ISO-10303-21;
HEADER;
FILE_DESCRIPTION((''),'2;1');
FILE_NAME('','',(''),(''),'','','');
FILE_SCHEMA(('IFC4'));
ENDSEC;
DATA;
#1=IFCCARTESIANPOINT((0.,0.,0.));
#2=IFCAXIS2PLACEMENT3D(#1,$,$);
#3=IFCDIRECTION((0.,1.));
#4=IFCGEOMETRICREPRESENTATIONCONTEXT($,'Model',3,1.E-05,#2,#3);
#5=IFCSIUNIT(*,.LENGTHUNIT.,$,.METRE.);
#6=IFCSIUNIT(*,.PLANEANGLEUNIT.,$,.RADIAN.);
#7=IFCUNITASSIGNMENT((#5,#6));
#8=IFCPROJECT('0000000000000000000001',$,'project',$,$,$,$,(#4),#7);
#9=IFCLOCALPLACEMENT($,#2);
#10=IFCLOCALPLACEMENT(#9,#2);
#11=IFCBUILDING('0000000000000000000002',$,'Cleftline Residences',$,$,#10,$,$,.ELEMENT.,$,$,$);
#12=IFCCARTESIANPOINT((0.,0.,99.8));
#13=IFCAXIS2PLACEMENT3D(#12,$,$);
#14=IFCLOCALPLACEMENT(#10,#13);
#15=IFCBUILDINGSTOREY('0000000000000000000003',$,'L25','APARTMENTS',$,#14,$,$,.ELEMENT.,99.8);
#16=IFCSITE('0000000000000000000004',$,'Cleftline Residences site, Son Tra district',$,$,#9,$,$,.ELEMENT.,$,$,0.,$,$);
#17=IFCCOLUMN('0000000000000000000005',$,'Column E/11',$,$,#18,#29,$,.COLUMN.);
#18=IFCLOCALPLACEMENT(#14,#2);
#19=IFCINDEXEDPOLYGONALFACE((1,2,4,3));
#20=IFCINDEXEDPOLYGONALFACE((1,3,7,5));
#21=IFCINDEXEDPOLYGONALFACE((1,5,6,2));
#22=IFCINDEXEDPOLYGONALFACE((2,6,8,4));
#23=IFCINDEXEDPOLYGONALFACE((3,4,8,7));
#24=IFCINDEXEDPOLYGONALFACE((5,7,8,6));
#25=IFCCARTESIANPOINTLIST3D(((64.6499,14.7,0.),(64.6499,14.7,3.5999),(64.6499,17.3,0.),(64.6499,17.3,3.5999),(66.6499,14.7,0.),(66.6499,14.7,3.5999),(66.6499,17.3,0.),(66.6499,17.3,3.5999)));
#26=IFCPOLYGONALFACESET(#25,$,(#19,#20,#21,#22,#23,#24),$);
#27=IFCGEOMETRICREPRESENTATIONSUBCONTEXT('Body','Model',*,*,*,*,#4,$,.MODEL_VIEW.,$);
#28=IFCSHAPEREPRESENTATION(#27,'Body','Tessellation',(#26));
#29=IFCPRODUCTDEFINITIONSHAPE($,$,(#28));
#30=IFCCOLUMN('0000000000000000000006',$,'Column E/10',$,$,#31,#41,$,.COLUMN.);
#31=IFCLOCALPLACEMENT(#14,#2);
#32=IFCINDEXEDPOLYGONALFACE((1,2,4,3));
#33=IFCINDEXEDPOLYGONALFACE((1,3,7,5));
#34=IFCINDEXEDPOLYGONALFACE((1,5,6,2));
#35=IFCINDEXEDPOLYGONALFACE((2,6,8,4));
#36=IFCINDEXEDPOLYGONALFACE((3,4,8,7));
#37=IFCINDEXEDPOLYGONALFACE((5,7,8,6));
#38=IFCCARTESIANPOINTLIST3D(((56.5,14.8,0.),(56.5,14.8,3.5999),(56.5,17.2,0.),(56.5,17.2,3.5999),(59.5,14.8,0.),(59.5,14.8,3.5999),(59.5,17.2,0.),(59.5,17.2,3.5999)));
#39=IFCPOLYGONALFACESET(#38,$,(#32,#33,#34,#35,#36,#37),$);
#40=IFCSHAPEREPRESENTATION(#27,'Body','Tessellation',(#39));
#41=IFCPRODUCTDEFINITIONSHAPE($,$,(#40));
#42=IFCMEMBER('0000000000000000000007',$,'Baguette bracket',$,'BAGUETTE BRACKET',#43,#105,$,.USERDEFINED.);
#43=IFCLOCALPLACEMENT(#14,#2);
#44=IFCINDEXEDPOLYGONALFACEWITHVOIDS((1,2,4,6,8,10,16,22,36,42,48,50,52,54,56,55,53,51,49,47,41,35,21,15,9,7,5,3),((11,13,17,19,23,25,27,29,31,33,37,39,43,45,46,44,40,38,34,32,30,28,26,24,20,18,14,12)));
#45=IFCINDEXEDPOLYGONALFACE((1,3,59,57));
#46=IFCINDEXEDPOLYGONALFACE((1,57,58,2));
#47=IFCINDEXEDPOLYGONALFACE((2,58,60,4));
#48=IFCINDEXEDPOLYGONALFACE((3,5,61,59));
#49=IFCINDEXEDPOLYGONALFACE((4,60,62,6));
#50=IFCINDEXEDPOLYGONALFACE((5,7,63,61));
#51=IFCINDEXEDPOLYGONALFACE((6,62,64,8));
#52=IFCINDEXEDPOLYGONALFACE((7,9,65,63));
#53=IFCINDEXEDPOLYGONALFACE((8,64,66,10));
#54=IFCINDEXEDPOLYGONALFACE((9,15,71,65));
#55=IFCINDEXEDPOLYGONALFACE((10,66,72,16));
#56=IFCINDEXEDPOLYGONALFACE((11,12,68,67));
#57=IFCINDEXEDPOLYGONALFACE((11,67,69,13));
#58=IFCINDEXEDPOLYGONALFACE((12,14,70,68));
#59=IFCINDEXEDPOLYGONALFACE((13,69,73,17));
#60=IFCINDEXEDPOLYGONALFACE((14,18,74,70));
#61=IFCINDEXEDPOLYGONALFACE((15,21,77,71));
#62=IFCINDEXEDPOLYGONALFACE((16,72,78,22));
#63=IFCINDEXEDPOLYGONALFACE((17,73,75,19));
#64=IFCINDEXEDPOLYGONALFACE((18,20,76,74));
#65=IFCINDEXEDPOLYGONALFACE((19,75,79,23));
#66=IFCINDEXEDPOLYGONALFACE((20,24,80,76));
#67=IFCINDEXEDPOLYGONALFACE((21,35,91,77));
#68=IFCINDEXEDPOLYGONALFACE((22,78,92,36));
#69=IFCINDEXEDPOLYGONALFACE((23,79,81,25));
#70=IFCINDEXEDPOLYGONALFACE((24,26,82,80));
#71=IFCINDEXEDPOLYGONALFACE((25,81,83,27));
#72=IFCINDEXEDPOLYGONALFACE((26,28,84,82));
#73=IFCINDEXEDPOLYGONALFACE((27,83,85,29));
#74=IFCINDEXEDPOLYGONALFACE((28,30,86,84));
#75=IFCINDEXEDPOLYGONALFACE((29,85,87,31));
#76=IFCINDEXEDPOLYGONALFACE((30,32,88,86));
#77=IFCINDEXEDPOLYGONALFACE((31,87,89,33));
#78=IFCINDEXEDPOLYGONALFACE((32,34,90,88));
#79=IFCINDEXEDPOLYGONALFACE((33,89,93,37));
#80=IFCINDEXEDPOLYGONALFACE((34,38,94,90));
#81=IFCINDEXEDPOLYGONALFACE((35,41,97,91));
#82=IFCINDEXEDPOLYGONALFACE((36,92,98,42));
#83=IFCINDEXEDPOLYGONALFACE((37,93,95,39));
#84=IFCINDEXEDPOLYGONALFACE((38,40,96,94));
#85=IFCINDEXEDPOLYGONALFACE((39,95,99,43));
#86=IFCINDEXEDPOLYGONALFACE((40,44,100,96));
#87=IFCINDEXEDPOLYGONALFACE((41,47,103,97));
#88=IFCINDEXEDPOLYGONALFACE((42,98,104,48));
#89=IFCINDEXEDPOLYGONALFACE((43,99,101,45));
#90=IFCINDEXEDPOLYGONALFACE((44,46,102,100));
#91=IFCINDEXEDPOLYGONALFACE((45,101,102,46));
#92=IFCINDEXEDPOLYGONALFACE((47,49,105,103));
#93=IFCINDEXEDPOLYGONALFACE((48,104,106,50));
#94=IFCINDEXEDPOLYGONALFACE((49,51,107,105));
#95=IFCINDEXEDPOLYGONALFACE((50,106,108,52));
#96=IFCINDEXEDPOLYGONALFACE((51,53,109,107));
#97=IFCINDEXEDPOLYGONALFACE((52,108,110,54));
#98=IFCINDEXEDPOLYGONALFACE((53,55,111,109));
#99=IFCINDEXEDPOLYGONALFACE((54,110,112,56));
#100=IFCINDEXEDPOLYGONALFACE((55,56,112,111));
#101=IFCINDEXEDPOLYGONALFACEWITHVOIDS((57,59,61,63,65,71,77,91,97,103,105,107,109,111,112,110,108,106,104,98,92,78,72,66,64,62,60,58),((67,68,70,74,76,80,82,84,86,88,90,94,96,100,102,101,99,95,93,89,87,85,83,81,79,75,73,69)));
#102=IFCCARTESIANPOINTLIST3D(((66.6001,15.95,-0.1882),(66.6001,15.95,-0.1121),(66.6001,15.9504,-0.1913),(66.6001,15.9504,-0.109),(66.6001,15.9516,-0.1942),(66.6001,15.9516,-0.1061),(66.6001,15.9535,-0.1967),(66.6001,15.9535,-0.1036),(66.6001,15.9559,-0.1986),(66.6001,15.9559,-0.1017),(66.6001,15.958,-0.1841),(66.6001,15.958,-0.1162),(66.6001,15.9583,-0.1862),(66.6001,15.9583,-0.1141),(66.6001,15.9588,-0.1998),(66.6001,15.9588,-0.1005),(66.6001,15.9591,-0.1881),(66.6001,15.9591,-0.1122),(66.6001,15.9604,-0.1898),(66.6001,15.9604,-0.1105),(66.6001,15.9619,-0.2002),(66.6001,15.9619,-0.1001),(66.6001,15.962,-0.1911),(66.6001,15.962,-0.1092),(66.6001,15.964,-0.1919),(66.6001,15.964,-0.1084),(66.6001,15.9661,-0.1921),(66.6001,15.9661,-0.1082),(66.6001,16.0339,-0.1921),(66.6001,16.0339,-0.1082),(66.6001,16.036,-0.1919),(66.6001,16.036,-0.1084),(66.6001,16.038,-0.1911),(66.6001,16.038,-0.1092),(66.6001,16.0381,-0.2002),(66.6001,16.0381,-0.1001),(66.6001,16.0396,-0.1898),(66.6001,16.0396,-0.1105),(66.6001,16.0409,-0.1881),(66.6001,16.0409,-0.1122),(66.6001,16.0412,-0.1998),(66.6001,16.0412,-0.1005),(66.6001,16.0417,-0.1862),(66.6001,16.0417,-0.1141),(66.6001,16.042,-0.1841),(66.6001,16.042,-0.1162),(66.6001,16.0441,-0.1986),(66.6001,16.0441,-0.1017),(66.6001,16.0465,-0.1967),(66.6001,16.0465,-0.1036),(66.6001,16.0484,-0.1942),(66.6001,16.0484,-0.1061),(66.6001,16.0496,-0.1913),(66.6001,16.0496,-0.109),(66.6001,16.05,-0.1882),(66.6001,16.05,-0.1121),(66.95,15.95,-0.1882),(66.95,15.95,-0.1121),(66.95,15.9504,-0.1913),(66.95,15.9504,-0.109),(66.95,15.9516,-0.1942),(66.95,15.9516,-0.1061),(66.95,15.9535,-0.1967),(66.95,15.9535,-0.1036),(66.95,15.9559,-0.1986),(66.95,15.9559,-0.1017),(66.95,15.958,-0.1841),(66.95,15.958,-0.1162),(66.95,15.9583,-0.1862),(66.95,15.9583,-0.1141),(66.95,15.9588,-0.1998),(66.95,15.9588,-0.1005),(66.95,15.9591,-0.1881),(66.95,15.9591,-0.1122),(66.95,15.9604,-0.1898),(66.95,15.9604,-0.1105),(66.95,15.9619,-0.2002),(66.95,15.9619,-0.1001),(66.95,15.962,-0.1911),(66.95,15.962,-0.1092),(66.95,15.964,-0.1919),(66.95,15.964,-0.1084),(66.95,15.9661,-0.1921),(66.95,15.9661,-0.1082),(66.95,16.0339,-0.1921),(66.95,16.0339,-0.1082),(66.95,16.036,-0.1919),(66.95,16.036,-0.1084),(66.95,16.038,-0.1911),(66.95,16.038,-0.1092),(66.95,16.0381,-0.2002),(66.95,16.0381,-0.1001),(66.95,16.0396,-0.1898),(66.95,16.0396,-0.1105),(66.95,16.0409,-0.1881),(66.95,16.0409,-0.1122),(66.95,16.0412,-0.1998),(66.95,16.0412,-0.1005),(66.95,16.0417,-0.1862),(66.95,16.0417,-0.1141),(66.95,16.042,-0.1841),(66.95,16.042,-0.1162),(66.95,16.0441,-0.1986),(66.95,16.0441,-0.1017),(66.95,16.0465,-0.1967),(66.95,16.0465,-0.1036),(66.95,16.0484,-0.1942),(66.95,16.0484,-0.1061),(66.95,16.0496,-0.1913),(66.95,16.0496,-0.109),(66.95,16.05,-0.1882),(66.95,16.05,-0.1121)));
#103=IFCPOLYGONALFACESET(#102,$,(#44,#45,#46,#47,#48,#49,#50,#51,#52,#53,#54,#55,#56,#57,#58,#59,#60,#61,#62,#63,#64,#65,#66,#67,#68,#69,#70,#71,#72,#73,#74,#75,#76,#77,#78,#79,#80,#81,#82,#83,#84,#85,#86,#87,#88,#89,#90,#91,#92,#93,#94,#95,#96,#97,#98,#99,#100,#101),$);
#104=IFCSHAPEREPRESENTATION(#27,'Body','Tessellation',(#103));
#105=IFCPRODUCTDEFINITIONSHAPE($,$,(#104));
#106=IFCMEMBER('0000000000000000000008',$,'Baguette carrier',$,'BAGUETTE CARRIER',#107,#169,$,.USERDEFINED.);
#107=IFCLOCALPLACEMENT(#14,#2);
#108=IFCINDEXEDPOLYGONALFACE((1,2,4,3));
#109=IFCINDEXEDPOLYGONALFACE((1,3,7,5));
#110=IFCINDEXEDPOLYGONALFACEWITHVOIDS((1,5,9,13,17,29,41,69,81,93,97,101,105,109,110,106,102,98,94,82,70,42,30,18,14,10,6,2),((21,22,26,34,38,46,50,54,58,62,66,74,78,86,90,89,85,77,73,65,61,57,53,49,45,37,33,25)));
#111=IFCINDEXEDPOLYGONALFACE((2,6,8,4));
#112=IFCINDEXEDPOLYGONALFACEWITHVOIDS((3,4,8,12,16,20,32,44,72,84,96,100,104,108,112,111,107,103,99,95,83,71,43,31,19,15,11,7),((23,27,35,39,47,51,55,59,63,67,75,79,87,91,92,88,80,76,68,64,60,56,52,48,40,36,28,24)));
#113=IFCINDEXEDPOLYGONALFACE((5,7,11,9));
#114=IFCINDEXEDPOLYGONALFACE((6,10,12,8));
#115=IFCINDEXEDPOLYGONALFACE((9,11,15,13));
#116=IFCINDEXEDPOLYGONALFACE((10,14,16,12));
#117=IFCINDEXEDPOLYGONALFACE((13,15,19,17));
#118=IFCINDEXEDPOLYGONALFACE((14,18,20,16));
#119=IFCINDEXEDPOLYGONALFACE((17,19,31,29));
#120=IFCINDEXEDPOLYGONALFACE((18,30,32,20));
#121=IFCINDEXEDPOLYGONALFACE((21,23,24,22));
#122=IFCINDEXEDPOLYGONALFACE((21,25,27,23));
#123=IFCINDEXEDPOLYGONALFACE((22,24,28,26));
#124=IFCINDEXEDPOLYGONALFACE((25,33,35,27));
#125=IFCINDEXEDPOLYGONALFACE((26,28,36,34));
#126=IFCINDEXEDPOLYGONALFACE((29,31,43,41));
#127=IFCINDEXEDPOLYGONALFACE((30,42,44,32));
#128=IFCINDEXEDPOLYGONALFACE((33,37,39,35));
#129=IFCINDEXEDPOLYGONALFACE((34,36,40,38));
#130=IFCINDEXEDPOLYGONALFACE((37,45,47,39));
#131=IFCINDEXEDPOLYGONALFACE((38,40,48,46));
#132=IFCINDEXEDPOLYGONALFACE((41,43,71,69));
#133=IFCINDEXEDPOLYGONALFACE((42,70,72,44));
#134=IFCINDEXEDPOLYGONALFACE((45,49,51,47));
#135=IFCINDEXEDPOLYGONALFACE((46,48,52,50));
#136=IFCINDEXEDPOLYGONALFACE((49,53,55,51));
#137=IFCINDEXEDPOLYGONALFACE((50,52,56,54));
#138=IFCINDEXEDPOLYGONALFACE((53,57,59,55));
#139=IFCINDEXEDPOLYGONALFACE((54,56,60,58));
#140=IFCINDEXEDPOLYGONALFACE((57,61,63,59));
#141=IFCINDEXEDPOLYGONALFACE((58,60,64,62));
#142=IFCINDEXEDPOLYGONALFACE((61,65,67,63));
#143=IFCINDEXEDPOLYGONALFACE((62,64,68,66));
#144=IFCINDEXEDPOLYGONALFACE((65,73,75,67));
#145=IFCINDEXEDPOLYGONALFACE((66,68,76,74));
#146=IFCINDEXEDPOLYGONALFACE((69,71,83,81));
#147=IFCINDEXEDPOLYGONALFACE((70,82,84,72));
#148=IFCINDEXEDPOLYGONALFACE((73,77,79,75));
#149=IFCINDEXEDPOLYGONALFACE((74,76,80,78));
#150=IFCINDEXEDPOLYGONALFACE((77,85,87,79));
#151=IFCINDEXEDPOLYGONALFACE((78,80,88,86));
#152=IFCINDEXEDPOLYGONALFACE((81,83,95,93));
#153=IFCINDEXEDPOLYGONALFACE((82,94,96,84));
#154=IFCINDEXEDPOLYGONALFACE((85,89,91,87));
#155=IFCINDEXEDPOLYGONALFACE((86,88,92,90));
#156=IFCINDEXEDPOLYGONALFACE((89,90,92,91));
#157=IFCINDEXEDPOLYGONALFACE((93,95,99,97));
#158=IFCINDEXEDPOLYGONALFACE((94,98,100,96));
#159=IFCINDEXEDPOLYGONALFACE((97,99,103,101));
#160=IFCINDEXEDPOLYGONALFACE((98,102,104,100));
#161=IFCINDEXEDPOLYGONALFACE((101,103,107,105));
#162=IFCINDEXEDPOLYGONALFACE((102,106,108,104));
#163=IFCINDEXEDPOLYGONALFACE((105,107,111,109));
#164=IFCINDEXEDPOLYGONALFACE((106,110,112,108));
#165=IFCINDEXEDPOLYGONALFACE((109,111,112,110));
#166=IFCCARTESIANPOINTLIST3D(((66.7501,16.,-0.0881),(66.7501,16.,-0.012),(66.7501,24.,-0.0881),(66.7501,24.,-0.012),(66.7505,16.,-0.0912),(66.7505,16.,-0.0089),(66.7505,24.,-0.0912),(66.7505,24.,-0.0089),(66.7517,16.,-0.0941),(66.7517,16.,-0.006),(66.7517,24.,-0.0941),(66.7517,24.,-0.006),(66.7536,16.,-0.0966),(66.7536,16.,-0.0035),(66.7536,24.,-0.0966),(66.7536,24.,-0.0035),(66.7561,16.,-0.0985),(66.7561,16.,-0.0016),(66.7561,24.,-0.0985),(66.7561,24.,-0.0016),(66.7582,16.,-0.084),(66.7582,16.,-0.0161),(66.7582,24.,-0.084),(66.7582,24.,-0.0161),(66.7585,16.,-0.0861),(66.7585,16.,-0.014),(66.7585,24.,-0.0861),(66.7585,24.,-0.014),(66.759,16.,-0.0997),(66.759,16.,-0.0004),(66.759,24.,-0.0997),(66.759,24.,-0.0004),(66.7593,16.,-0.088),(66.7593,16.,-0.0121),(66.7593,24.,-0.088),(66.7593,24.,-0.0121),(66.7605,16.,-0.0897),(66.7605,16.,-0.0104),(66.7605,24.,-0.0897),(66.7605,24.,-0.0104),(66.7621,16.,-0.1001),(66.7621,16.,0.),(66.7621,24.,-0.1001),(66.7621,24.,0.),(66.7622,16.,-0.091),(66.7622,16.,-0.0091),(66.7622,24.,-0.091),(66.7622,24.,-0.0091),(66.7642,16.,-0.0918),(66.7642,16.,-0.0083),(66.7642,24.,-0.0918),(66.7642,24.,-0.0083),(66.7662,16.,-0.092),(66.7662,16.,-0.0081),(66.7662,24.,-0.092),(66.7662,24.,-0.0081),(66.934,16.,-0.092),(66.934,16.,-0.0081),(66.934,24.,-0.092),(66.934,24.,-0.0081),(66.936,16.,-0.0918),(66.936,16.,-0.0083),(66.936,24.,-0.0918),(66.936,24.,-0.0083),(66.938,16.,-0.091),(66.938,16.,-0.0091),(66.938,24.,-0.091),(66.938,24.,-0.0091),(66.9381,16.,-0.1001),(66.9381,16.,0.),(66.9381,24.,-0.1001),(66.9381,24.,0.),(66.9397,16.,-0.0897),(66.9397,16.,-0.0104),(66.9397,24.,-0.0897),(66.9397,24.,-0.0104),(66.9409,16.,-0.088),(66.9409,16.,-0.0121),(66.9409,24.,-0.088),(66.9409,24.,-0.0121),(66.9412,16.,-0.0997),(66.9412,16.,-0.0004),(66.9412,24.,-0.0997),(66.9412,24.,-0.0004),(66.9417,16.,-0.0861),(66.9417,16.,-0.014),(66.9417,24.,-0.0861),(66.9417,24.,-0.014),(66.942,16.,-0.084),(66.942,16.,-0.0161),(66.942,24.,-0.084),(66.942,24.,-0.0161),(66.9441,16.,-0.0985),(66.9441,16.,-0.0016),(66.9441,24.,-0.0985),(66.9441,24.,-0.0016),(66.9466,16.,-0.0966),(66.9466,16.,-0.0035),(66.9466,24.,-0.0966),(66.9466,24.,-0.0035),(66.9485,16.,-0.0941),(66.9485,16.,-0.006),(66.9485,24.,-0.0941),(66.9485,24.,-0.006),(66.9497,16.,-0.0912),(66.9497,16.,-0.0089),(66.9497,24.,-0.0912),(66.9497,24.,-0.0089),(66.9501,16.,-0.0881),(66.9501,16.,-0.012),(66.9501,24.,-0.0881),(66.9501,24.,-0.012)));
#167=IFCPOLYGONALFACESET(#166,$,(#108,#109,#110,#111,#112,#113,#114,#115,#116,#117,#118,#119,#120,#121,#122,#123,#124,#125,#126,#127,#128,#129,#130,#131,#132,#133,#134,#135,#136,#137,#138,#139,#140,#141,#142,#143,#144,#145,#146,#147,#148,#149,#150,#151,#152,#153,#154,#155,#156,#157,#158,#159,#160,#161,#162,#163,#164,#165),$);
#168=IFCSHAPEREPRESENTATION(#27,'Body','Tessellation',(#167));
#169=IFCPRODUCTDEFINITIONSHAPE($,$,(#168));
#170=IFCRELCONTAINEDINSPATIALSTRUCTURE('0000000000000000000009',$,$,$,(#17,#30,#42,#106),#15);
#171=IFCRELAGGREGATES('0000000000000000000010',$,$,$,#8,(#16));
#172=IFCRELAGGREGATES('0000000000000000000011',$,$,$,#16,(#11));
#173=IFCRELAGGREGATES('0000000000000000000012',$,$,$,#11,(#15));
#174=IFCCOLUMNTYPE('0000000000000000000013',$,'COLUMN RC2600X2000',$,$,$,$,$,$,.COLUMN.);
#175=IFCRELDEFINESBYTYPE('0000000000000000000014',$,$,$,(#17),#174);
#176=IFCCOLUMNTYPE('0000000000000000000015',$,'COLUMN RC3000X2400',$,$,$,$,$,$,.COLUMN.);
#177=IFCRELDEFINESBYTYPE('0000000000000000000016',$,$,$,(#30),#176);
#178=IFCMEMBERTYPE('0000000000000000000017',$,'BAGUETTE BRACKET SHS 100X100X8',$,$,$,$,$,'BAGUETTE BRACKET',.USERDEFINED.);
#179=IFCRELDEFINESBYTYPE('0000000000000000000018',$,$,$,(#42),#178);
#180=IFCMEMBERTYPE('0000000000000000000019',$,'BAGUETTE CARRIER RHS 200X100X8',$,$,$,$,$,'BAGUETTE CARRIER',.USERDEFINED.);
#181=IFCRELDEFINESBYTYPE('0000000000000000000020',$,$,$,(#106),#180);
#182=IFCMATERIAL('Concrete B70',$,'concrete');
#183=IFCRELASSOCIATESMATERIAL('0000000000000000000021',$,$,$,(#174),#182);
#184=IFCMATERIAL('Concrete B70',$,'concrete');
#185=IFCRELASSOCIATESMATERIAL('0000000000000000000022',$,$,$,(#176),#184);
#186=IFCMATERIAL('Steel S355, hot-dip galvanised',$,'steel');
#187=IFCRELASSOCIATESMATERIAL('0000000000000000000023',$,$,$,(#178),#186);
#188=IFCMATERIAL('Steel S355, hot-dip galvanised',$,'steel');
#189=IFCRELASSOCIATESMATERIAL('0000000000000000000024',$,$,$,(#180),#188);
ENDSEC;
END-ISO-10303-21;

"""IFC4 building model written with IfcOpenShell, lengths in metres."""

from ifc_helpers import new_model, si_unit, direction, frame, origin, origin_2d, place, context, subcontext, project, spatial, rectangle, hollow_rectangle, extrude, material, material_profile, profile_set, type_object, element, save


model = new_model("IFC4")

# Units and contexts
model_context = context("Model", 3, precision=1e-05, world=origin(), true_north=direction((0.0, 1.0)))
body_context = subcontext(model_context, "Body", "Model", "MODEL_VIEW")
ifc_project = project(units=[si_unit("LENGTHUNIT", "METRE"), si_unit("PLANEANGLEUNIT", "RADIAN")], contexts=[model_context])

# Site, building, storey
site_placement = place(None, origin())
site = spatial("IfcSite", under=ifc_project, at=site_placement, Name="Cleftline Residences site, Son Tra district", CompositionType="ELEMENT", RefElevation=0.0)
building_placement = place(site_placement, origin())
building = spatial("IfcBuilding", under=site, at=building_placement, Name="Cleftline Residences", CompositionType="ELEMENT")
storey_placement = place(building_placement, frame((0.0, 0.0, 99.8)))
storey = spatial("IfcBuildingStorey", under=building, at=storey_placement, Name="L25", Description="APARTMENTS", CompositionType="ELEMENT", Elevation=99.8)

# Columns
ifc_material_1 = material(Name="Concrete B70", Category="concrete")
ifc_material_profile_1 = material_profile(ifc_material_1, rectangle(XDim=2.6001, YDim=2.0, at=origin_2d()))
ifc_profile_set_1 = profile_set([ifc_material_profile_1], Name="Concrete B70")
column_type_1 = type_object("IfcColumnType", Name="COLUMN RC2600X2000", PredefinedType="COLUMN", material=ifc_profile_set_1)
column_1_placement = place(storey_placement, frame((65.6499, 16.0, 0.0), z_axis=(0.0, 0.0, 1.0), x_axis=(0.0, 1.0, 0.0)))
element("IfcColumn", 1, at=column_1_placement, inside=storey, type_object=column_type_1, Name="Column E/11", PredefinedType="COLUMN", context=body_context, shape_type="SweptSolid", body=[
    extrude(rectangle(XDim=2.6001, YDim=2.0, at=origin_2d()), origin(), (0.0, 0.0, 1.0), 3.5999),
])
ifc_material_2 = material(Name="Concrete B70", Category="concrete")
ifc_material_profile_2 = material_profile(ifc_material_2, rectangle(XDim=3.0, YDim=2.3999, at=origin_2d()))
ifc_profile_set_2 = profile_set([ifc_material_profile_2], Name="Concrete B70")
column_type_2 = type_object("IfcColumnType", Name="COLUMN RC3000X2400", PredefinedType="COLUMN", material=ifc_profile_set_2)
column_2_placement = place(storey_placement, frame((58.0, 16.0, 0.0), z_axis=(0.0, 0.0, 1.0), x_axis=(1.0, 0.0, 0.0)))
element("IfcColumn", 2, at=column_2_placement, inside=storey, type_object=column_type_2, Name="Column E/10", PredefinedType="COLUMN", context=body_context, shape_type="SweptSolid", body=[
    extrude(rectangle(XDim=3.0, YDim=2.3999, at=origin_2d()), origin(), (0.0, 0.0, 1.0), 3.5999),
])

# Members
ifc_material_3 = material(Name="Steel S355, hot-dip galvanised", Category="steel")
ifc_material_profile_3 = material_profile(ifc_material_3, hollow_rectangle(XDim=0.1001, YDim=0.1001, WallThickness=0.0081, InnerFilletRadius=0.0081, OuterFilletRadius=0.012, at=origin_2d()))
ifc_profile_set_3 = profile_set([ifc_material_profile_3], Name="Steel S355, hot-dip galvanised")
member_type_1 = type_object("IfcMemberType", Name="BAGUETTE BRACKET SHS 100X100X8", ElementType="BAGUETTE BRACKET", PredefinedType="USERDEFINED", material=ifc_profile_set_3)
member_1_placement = place(storey_placement, frame((66.6001, 16.0, -0.1501), z_axis=(1.0, 0.0, 0.0), x_axis=(0.0, 1.0, 0.0)))
element("IfcMember", 3, at=member_1_placement, inside=storey, type_object=member_type_1, Name="Baguette bracket", ObjectType="BAGUETTE BRACKET", PredefinedType="USERDEFINED", context=body_context, shape_type="SweptSolid", body=[
    extrude(hollow_rectangle(XDim=0.1001, YDim=0.1001, WallThickness=0.0081, InnerFilletRadius=0.0081, OuterFilletRadius=0.012, at=origin_2d()), origin(), (0.0, 0.0, 1.0), 0.3499),
])
ifc_material_4 = material(Name="Steel S355, hot-dip galvanised", Category="steel")
ifc_material_profile_4 = material_profile(ifc_material_4, hollow_rectangle(XDim=0.1001, YDim=0.2, WallThickness=0.0081, InnerFilletRadius=0.0081, OuterFilletRadius=0.012, at=origin_2d()))
ifc_profile_set_4 = profile_set([ifc_material_profile_4], Name="Steel S355, hot-dip galvanised")
member_type_2 = type_object("IfcMemberType", Name="BAGUETTE CARRIER RHS 200X100X8", ElementType="BAGUETTE CARRIER", PredefinedType="USERDEFINED", material=ifc_profile_set_4)
member_2_placement = place(storey_placement, frame((66.8501, 16.0, -0.05), z_axis=(0.0, 1.0, 0.0), x_axis=(0.0, 0.0, 1.0)))
element("IfcMember", 4, at=member_2_placement, inside=storey, type_object=member_type_2, Name="Baguette carrier", ObjectType="BAGUETTE CARRIER", PredefinedType="USERDEFINED", context=body_context, shape_type="SweptSolid", body=[
    extrude(hollow_rectangle(XDim=0.1001, YDim=0.2, WallThickness=0.0081, InnerFilletRadius=0.0081, OuterFilletRadius=0.012, at=origin_2d()), origin(), (0.0, 0.0, 1.0), 8.0),
])

save(model, "model.ifc")
